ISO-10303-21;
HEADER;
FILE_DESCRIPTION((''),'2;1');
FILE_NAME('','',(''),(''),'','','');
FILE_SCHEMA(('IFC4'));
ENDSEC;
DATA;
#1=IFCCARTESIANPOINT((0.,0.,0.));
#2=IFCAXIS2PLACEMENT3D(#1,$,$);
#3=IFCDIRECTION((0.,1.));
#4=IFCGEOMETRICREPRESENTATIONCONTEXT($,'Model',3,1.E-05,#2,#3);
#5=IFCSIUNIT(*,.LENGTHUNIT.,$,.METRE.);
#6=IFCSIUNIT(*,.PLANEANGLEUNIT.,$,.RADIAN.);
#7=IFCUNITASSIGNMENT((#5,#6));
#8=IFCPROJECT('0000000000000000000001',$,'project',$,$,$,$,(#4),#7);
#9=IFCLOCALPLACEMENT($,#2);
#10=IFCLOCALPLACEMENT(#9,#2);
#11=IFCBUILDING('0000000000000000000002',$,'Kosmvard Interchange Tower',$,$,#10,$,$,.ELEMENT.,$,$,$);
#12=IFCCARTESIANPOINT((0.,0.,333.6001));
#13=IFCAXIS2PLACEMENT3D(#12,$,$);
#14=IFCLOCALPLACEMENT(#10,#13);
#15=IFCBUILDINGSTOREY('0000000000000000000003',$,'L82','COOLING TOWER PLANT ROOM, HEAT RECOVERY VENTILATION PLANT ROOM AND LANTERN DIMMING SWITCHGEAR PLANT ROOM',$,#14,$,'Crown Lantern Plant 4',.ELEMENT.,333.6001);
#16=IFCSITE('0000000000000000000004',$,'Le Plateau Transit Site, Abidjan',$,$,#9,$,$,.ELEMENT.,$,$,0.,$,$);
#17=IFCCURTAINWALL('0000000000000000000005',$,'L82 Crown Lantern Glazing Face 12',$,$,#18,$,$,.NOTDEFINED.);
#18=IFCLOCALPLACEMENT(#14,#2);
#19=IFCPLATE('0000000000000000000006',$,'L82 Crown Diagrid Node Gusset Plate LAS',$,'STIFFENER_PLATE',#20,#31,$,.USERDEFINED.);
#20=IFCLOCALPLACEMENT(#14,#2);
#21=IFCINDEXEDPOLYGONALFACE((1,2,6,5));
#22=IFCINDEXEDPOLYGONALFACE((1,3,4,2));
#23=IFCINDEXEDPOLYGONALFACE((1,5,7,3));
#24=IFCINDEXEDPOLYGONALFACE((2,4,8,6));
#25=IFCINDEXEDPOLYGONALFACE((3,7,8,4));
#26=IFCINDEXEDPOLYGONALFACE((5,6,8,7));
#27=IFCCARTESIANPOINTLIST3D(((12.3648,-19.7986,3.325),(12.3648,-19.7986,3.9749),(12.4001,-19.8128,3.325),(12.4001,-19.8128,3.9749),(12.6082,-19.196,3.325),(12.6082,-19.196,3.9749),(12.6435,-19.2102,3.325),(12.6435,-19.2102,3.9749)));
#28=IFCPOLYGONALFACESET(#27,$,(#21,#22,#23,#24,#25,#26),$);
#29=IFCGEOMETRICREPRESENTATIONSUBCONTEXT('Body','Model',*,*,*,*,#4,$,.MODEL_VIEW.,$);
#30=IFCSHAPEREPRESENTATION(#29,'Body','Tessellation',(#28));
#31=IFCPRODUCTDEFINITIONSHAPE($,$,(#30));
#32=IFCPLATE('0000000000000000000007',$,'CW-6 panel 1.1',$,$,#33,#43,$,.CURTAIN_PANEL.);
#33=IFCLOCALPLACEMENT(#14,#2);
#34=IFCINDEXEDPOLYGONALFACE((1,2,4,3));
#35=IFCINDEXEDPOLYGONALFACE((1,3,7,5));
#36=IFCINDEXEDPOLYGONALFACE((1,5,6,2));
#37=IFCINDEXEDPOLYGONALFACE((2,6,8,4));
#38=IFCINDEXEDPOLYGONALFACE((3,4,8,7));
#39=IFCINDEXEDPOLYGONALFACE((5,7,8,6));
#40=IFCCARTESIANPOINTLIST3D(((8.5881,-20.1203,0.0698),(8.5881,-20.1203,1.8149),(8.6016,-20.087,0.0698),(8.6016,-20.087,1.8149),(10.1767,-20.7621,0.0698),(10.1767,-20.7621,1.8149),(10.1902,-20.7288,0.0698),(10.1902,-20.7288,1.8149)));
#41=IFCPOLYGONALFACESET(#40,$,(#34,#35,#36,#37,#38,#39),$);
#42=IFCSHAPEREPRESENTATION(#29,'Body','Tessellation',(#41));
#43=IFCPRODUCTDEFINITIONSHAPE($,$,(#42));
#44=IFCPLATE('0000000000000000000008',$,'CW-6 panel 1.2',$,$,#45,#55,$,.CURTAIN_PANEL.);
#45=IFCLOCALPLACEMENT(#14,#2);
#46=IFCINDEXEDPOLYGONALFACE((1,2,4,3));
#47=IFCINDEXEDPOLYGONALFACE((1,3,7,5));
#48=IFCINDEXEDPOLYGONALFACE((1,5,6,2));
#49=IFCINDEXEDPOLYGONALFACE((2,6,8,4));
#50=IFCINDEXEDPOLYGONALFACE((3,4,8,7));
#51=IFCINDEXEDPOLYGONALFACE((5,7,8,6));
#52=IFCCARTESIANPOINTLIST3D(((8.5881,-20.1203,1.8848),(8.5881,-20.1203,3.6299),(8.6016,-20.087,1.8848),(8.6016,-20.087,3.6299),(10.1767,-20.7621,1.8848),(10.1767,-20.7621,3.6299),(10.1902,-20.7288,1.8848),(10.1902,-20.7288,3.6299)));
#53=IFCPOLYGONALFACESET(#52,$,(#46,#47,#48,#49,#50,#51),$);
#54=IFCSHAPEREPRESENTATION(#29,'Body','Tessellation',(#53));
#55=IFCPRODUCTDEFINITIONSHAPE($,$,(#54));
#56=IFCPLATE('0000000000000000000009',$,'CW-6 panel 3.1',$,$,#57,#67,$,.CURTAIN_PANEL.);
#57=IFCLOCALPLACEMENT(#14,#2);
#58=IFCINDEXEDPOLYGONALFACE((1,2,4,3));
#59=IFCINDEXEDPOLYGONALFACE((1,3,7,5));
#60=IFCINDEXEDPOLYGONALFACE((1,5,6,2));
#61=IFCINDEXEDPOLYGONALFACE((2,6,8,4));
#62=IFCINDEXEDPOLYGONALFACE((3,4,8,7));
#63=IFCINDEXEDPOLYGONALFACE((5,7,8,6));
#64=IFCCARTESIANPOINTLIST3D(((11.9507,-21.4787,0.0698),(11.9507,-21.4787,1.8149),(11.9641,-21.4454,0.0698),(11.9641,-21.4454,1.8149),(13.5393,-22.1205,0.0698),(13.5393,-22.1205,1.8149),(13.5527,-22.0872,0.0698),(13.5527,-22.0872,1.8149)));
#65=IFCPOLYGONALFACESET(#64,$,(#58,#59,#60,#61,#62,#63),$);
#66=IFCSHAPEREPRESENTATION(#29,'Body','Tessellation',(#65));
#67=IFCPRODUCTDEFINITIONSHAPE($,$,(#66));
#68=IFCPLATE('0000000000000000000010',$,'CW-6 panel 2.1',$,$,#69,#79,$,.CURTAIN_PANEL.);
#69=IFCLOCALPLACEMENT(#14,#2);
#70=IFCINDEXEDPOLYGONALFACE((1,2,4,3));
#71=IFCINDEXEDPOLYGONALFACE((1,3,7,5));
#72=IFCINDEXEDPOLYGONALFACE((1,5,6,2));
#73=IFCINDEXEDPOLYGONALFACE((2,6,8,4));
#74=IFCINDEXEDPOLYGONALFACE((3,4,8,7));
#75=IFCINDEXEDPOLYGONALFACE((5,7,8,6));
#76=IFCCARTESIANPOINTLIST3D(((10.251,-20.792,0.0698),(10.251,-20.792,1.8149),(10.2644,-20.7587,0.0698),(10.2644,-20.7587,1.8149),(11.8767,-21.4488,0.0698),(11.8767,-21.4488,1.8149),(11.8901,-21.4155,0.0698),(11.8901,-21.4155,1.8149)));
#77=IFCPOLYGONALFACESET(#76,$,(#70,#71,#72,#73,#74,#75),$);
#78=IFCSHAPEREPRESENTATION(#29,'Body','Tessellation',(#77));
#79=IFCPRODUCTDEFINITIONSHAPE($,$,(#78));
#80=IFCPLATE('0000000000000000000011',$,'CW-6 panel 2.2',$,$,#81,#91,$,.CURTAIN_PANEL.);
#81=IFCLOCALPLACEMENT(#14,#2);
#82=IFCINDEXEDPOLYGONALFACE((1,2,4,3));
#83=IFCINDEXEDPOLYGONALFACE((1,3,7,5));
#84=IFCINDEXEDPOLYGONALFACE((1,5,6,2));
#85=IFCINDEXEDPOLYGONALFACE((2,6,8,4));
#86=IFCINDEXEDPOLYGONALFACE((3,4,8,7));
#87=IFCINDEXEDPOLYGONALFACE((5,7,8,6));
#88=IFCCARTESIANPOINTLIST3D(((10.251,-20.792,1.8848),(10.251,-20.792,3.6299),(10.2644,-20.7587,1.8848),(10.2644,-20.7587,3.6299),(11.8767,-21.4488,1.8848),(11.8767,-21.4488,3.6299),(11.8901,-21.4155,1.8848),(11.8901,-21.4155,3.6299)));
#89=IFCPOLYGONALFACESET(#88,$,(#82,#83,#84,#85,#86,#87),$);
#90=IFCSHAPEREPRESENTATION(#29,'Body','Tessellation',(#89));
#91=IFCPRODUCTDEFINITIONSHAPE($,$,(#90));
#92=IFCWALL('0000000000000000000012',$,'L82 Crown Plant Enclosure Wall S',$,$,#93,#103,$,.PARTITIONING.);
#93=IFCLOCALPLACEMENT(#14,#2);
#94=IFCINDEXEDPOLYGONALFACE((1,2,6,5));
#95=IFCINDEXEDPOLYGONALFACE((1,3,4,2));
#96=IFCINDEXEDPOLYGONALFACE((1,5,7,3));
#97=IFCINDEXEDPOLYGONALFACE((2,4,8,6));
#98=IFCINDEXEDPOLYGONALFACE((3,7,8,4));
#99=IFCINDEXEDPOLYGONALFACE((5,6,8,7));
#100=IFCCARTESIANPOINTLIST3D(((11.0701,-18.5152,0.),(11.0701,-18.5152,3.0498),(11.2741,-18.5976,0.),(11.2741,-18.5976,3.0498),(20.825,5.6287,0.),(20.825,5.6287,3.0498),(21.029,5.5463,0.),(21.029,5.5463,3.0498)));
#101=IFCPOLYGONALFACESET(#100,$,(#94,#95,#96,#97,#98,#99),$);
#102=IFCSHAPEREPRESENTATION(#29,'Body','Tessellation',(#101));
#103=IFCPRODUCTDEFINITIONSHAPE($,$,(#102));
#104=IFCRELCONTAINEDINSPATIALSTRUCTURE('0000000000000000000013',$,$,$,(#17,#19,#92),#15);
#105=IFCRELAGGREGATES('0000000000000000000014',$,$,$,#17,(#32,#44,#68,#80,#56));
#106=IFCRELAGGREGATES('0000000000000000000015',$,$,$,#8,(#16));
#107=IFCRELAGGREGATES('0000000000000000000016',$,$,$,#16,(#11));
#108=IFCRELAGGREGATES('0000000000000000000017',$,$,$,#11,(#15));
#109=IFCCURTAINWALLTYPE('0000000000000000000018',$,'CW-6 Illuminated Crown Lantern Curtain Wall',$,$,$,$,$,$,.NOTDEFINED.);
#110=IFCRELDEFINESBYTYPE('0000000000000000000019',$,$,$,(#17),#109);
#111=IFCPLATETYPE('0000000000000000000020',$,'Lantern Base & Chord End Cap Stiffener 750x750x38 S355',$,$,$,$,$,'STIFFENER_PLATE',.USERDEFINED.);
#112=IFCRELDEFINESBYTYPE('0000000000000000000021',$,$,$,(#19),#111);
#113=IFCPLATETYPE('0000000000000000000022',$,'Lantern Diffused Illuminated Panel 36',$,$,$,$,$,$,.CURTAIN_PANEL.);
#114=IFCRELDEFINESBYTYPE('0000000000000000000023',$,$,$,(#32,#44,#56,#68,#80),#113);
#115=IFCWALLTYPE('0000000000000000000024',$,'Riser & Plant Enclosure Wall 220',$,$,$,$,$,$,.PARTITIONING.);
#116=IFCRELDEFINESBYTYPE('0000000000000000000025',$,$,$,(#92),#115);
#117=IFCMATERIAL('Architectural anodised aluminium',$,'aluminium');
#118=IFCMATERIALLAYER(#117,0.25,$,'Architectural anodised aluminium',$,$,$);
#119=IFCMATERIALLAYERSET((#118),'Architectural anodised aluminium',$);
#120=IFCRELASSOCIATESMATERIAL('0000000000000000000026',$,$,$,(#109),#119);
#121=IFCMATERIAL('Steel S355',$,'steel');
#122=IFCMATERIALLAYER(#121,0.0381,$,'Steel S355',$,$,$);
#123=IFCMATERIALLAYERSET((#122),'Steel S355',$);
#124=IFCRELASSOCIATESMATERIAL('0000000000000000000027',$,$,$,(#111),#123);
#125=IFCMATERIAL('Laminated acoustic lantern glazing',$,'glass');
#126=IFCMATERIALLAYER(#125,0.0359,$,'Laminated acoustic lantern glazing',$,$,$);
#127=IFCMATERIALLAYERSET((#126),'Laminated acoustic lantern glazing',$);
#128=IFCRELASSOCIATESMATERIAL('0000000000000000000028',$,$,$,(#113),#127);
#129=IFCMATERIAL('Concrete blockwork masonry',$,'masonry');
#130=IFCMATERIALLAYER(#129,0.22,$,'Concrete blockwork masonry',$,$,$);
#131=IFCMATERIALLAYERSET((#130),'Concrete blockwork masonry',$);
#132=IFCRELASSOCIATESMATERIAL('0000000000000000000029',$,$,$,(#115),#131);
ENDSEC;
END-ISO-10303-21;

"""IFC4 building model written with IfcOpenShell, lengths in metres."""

from ifc_helpers import new_model, si_unit, direction, frame, frame_2d, origin, origin_2d, place, context, subcontext, project, spatial, rectangle, extrude, source, transform, mapped, material, layer, layer_set, type_object, element, aggregate, save


model = new_model("IFC4")

# Units and contexts
model_context = context("Model", 3, precision=1e-05, world=origin(), true_north=direction((0.0, 1.0)))
body_context = subcontext(model_context, "Body", "Model", "MODEL_VIEW")
ifc_project = project(units=[si_unit("LENGTHUNIT", "METRE"), si_unit("PLANEANGLEUNIT", "RADIAN")], contexts=[model_context])

# Site, building, storey
site_placement = place(None, origin())
site = spatial("IfcSite", under=ifc_project, at=site_placement, Name="Le Plateau Transit Site, Abidjan", CompositionType="ELEMENT", RefElevation=0.0)
building_placement = place(site_placement, origin())
building = spatial("IfcBuilding", under=site, at=building_placement, Name="Kosmvard Interchange Tower", CompositionType="ELEMENT")
storey_placement = place(building_placement, frame((0.0, 0.0, 333.6001)))
storey = spatial("IfcBuildingStorey", under=building, at=storey_placement, Name="L82", Description="COOLING TOWER PLANT ROOM, HEAT RECOVERY VENTILATION PLANT ROOM AND LANTERN DIMMING SWITCHGEAR PLANT ROOM", LongName="Crown Lantern Plant 4", CompositionType="ELEMENT", Elevation=333.6001)

# Shared definitions
ifc_material_1 = material(Name="Steel S355", Category="steel")

# Curtain wall
ifc_material_2 = material(Name="Architectural anodised aluminium", Category="aluminium")
ifc_layer_1 = layer(ifc_material_2, 0.25, Name="Architectural anodised aluminium")
ifc_layer_set_1 = layer_set([ifc_layer_1], Name="Architectural anodised aluminium")
curtain_wall_type = type_object("IfcCurtainWallType", Name="CW-6 Illuminated Crown Lantern Curtain Wall", PredefinedType="NOTDEFINED", material=ifc_layer_set_1)
curtain_wall_placement = place(storey_placement, origin())
curtain_wall = element("IfcCurtainWall", 1, at=curtain_wall_placement, inside=storey, type_object=curtain_wall_type, Name="L82 Crown Lantern Glazing Face 12", PredefinedType="NOTDEFINED")

# Plates
ifc_layer_2 = layer(ifc_material_1, 0.0381, Name="Steel S355")
ifc_layer_set_2 = layer_set([ifc_layer_2], Name="Steel S355")
plate_type_1 = type_object("IfcPlateType", Name="Lantern Base & Chord End Cap Stiffener 750x750x38 S355", ElementType="STIFFENER_PLATE", PredefinedType="USERDEFINED", material=ifc_layer_set_2)
shared_shape_1 = source(origin(), body_context, "Body", "SweptSolid", [
    extrude(rectangle(XDim=0.6499, YDim=0.0381, at=origin_2d()), origin(), (0.0, 0.0, 1.0), 0.6499),
])
plate_1_placement = place(storey_placement, frame((12.5042, -19.5044, 3.325), z_axis=(0.0, 0.0, 1.0), x_axis=(0.374607, 0.927184, 0.0)))
element("IfcPlate", 2, at=plate_1_placement, inside=storey, type_object=plate_type_1, Name="L82 Crown Diagrid Node Gusset Plate LAS", ObjectType="STIFFENER_PLATE", PredefinedType="USERDEFINED", context=body_context, shape_type="MappedRepresentation", body=[
    mapped(shared_shape_1, transform((0.0, 0.0, 0.0), scale=1.0)),
])
ifc_material_3 = material(Name="Laminated acoustic lantern glazing", Category="glass")
ifc_layer_3 = layer(ifc_material_3, 0.0359, Name="Laminated acoustic lantern glazing")
ifc_layer_set_3 = layer_set([ifc_layer_3], Name="Laminated acoustic lantern glazing")
plate_type_2 = type_object("IfcPlateType", Name="Lantern Diffused Illuminated Panel 36", PredefinedType="CURTAIN_PANEL", material=ifc_layer_set_3)
shared_shape_2 = source(origin(), body_context, "Body", "SweptSolid", [
    extrude(rectangle(XDim=1.7134, YDim=0.0359, at=origin_2d()), origin(), (0.0, 0.0, 1.0), 1.7451),
])
plate_2_placement = place(storey_placement, frame((9.3892, -20.4246, 0.0698), z_axis=(0.0, 0.0, 1.0), x_axis=(0.927184, -0.374607, 0.0)))
plate_2 = element("IfcPlate", 3, at=plate_2_placement, type_object=plate_type_2, Name="CW-6 panel 1.1", PredefinedType="CURTAIN_PANEL", context=body_context, shape_type="MappedRepresentation", body=[
    mapped(shared_shape_2, transform((0.0, 0.0, 0.0), scale=1.0)),
])
plate_3_placement = place(storey_placement, frame((9.3892, -20.4246, 1.8848), z_axis=(0.0, 0.0, 1.0), x_axis=(0.927184, -0.374607, 0.0)))
plate_3 = element("IfcPlate", 4, at=plate_3_placement, type_object=plate_type_2, Name="CW-6 panel 1.2", PredefinedType="CURTAIN_PANEL", context=body_context, shape_type="MappedRepresentation", body=[
    mapped(shared_shape_2, transform((0.0, 0.0, 0.0), scale=1.0)),
])
plate_4_placement = place(storey_placement, frame((12.7517, -21.783, 0.0698), z_axis=(0.0, 0.0, 1.0), x_axis=(0.927184, -0.374607, 0.0)))
plate_4 = element("IfcPlate", 5, at=plate_4_placement, type_object=plate_type_2, Name="CW-6 panel 3.1", PredefinedType="CURTAIN_PANEL", context=body_context, shape_type="MappedRepresentation", body=[
    mapped(shared_shape_2, transform((0.0, 0.0, 0.0), scale=1.0)),
])
shared_shape_3 = source(origin(), body_context, "Body", "SweptSolid", [
    extrude(rectangle(XDim=1.7534, YDim=0.0359, at=origin_2d()), origin(), (0.0, 0.0, 1.0), 1.7451),
])
plate_5_placement = place(storey_placement, frame((11.0706, -21.1038, 0.0698), z_axis=(0.0, 0.0, 1.0), x_axis=(0.927184, -0.374607, 0.0)))
plate_5 = element("IfcPlate", 6, at=plate_5_placement, type_object=plate_type_2, Name="CW-6 panel 2.1", PredefinedType="CURTAIN_PANEL", context=body_context, shape_type="MappedRepresentation", body=[
    mapped(shared_shape_3, transform((0.0, 0.0, 0.0), scale=1.0)),
])
plate_6_placement = place(storey_placement, frame((11.0706, -21.1038, 1.8848), z_axis=(0.0, 0.0, 1.0), x_axis=(0.927184, -0.374607, 0.0)))
plate_6 = element("IfcPlate", 7, at=plate_6_placement, type_object=plate_type_2, Name="CW-6 panel 2.2", PredefinedType="CURTAIN_PANEL", context=body_context, shape_type="MappedRepresentation", body=[
    mapped(shared_shape_3, transform((0.0, 0.0, 0.0), scale=1.0)),
])
aggregate(curtain_wall, [plate_2, plate_3, plate_5, plate_6, plate_4])

# Wall
ifc_material_4 = material(Name="Concrete blockwork masonry", Category="masonry")
ifc_layer_4 = layer(ifc_material_4, 0.22, Name="Concrete blockwork masonry")
ifc_layer_set_4 = layer_set([ifc_layer_4], Name="Concrete blockwork masonry")
wall_type = type_object("IfcWallType", Name="Riser & Plant Enclosure Wall 220", PredefinedType="PARTITIONING", material=ifc_layer_set_4)
wall_placement = place(storey_placement, frame((11.1721, -18.5564, 0.0), z_axis=(0.0, 0.0, 1.0), x_axis=(0.374612, 0.927182, 0.0)))
element("IfcWall", 8, at=wall_placement, inside=storey, type_object=wall_type, Name="L82 Crown Plant Enclosure Wall S", PredefinedType="PARTITIONING", context=body_context, shape_type="SweptSolid", body=[
    extrude(rectangle(XDim=26.04, YDim=0.22, at=frame_2d((13.02, 0.0))), origin(), (0.0, 0.0, 1.0), 3.0498),
])

save(model, "model.ifc")
